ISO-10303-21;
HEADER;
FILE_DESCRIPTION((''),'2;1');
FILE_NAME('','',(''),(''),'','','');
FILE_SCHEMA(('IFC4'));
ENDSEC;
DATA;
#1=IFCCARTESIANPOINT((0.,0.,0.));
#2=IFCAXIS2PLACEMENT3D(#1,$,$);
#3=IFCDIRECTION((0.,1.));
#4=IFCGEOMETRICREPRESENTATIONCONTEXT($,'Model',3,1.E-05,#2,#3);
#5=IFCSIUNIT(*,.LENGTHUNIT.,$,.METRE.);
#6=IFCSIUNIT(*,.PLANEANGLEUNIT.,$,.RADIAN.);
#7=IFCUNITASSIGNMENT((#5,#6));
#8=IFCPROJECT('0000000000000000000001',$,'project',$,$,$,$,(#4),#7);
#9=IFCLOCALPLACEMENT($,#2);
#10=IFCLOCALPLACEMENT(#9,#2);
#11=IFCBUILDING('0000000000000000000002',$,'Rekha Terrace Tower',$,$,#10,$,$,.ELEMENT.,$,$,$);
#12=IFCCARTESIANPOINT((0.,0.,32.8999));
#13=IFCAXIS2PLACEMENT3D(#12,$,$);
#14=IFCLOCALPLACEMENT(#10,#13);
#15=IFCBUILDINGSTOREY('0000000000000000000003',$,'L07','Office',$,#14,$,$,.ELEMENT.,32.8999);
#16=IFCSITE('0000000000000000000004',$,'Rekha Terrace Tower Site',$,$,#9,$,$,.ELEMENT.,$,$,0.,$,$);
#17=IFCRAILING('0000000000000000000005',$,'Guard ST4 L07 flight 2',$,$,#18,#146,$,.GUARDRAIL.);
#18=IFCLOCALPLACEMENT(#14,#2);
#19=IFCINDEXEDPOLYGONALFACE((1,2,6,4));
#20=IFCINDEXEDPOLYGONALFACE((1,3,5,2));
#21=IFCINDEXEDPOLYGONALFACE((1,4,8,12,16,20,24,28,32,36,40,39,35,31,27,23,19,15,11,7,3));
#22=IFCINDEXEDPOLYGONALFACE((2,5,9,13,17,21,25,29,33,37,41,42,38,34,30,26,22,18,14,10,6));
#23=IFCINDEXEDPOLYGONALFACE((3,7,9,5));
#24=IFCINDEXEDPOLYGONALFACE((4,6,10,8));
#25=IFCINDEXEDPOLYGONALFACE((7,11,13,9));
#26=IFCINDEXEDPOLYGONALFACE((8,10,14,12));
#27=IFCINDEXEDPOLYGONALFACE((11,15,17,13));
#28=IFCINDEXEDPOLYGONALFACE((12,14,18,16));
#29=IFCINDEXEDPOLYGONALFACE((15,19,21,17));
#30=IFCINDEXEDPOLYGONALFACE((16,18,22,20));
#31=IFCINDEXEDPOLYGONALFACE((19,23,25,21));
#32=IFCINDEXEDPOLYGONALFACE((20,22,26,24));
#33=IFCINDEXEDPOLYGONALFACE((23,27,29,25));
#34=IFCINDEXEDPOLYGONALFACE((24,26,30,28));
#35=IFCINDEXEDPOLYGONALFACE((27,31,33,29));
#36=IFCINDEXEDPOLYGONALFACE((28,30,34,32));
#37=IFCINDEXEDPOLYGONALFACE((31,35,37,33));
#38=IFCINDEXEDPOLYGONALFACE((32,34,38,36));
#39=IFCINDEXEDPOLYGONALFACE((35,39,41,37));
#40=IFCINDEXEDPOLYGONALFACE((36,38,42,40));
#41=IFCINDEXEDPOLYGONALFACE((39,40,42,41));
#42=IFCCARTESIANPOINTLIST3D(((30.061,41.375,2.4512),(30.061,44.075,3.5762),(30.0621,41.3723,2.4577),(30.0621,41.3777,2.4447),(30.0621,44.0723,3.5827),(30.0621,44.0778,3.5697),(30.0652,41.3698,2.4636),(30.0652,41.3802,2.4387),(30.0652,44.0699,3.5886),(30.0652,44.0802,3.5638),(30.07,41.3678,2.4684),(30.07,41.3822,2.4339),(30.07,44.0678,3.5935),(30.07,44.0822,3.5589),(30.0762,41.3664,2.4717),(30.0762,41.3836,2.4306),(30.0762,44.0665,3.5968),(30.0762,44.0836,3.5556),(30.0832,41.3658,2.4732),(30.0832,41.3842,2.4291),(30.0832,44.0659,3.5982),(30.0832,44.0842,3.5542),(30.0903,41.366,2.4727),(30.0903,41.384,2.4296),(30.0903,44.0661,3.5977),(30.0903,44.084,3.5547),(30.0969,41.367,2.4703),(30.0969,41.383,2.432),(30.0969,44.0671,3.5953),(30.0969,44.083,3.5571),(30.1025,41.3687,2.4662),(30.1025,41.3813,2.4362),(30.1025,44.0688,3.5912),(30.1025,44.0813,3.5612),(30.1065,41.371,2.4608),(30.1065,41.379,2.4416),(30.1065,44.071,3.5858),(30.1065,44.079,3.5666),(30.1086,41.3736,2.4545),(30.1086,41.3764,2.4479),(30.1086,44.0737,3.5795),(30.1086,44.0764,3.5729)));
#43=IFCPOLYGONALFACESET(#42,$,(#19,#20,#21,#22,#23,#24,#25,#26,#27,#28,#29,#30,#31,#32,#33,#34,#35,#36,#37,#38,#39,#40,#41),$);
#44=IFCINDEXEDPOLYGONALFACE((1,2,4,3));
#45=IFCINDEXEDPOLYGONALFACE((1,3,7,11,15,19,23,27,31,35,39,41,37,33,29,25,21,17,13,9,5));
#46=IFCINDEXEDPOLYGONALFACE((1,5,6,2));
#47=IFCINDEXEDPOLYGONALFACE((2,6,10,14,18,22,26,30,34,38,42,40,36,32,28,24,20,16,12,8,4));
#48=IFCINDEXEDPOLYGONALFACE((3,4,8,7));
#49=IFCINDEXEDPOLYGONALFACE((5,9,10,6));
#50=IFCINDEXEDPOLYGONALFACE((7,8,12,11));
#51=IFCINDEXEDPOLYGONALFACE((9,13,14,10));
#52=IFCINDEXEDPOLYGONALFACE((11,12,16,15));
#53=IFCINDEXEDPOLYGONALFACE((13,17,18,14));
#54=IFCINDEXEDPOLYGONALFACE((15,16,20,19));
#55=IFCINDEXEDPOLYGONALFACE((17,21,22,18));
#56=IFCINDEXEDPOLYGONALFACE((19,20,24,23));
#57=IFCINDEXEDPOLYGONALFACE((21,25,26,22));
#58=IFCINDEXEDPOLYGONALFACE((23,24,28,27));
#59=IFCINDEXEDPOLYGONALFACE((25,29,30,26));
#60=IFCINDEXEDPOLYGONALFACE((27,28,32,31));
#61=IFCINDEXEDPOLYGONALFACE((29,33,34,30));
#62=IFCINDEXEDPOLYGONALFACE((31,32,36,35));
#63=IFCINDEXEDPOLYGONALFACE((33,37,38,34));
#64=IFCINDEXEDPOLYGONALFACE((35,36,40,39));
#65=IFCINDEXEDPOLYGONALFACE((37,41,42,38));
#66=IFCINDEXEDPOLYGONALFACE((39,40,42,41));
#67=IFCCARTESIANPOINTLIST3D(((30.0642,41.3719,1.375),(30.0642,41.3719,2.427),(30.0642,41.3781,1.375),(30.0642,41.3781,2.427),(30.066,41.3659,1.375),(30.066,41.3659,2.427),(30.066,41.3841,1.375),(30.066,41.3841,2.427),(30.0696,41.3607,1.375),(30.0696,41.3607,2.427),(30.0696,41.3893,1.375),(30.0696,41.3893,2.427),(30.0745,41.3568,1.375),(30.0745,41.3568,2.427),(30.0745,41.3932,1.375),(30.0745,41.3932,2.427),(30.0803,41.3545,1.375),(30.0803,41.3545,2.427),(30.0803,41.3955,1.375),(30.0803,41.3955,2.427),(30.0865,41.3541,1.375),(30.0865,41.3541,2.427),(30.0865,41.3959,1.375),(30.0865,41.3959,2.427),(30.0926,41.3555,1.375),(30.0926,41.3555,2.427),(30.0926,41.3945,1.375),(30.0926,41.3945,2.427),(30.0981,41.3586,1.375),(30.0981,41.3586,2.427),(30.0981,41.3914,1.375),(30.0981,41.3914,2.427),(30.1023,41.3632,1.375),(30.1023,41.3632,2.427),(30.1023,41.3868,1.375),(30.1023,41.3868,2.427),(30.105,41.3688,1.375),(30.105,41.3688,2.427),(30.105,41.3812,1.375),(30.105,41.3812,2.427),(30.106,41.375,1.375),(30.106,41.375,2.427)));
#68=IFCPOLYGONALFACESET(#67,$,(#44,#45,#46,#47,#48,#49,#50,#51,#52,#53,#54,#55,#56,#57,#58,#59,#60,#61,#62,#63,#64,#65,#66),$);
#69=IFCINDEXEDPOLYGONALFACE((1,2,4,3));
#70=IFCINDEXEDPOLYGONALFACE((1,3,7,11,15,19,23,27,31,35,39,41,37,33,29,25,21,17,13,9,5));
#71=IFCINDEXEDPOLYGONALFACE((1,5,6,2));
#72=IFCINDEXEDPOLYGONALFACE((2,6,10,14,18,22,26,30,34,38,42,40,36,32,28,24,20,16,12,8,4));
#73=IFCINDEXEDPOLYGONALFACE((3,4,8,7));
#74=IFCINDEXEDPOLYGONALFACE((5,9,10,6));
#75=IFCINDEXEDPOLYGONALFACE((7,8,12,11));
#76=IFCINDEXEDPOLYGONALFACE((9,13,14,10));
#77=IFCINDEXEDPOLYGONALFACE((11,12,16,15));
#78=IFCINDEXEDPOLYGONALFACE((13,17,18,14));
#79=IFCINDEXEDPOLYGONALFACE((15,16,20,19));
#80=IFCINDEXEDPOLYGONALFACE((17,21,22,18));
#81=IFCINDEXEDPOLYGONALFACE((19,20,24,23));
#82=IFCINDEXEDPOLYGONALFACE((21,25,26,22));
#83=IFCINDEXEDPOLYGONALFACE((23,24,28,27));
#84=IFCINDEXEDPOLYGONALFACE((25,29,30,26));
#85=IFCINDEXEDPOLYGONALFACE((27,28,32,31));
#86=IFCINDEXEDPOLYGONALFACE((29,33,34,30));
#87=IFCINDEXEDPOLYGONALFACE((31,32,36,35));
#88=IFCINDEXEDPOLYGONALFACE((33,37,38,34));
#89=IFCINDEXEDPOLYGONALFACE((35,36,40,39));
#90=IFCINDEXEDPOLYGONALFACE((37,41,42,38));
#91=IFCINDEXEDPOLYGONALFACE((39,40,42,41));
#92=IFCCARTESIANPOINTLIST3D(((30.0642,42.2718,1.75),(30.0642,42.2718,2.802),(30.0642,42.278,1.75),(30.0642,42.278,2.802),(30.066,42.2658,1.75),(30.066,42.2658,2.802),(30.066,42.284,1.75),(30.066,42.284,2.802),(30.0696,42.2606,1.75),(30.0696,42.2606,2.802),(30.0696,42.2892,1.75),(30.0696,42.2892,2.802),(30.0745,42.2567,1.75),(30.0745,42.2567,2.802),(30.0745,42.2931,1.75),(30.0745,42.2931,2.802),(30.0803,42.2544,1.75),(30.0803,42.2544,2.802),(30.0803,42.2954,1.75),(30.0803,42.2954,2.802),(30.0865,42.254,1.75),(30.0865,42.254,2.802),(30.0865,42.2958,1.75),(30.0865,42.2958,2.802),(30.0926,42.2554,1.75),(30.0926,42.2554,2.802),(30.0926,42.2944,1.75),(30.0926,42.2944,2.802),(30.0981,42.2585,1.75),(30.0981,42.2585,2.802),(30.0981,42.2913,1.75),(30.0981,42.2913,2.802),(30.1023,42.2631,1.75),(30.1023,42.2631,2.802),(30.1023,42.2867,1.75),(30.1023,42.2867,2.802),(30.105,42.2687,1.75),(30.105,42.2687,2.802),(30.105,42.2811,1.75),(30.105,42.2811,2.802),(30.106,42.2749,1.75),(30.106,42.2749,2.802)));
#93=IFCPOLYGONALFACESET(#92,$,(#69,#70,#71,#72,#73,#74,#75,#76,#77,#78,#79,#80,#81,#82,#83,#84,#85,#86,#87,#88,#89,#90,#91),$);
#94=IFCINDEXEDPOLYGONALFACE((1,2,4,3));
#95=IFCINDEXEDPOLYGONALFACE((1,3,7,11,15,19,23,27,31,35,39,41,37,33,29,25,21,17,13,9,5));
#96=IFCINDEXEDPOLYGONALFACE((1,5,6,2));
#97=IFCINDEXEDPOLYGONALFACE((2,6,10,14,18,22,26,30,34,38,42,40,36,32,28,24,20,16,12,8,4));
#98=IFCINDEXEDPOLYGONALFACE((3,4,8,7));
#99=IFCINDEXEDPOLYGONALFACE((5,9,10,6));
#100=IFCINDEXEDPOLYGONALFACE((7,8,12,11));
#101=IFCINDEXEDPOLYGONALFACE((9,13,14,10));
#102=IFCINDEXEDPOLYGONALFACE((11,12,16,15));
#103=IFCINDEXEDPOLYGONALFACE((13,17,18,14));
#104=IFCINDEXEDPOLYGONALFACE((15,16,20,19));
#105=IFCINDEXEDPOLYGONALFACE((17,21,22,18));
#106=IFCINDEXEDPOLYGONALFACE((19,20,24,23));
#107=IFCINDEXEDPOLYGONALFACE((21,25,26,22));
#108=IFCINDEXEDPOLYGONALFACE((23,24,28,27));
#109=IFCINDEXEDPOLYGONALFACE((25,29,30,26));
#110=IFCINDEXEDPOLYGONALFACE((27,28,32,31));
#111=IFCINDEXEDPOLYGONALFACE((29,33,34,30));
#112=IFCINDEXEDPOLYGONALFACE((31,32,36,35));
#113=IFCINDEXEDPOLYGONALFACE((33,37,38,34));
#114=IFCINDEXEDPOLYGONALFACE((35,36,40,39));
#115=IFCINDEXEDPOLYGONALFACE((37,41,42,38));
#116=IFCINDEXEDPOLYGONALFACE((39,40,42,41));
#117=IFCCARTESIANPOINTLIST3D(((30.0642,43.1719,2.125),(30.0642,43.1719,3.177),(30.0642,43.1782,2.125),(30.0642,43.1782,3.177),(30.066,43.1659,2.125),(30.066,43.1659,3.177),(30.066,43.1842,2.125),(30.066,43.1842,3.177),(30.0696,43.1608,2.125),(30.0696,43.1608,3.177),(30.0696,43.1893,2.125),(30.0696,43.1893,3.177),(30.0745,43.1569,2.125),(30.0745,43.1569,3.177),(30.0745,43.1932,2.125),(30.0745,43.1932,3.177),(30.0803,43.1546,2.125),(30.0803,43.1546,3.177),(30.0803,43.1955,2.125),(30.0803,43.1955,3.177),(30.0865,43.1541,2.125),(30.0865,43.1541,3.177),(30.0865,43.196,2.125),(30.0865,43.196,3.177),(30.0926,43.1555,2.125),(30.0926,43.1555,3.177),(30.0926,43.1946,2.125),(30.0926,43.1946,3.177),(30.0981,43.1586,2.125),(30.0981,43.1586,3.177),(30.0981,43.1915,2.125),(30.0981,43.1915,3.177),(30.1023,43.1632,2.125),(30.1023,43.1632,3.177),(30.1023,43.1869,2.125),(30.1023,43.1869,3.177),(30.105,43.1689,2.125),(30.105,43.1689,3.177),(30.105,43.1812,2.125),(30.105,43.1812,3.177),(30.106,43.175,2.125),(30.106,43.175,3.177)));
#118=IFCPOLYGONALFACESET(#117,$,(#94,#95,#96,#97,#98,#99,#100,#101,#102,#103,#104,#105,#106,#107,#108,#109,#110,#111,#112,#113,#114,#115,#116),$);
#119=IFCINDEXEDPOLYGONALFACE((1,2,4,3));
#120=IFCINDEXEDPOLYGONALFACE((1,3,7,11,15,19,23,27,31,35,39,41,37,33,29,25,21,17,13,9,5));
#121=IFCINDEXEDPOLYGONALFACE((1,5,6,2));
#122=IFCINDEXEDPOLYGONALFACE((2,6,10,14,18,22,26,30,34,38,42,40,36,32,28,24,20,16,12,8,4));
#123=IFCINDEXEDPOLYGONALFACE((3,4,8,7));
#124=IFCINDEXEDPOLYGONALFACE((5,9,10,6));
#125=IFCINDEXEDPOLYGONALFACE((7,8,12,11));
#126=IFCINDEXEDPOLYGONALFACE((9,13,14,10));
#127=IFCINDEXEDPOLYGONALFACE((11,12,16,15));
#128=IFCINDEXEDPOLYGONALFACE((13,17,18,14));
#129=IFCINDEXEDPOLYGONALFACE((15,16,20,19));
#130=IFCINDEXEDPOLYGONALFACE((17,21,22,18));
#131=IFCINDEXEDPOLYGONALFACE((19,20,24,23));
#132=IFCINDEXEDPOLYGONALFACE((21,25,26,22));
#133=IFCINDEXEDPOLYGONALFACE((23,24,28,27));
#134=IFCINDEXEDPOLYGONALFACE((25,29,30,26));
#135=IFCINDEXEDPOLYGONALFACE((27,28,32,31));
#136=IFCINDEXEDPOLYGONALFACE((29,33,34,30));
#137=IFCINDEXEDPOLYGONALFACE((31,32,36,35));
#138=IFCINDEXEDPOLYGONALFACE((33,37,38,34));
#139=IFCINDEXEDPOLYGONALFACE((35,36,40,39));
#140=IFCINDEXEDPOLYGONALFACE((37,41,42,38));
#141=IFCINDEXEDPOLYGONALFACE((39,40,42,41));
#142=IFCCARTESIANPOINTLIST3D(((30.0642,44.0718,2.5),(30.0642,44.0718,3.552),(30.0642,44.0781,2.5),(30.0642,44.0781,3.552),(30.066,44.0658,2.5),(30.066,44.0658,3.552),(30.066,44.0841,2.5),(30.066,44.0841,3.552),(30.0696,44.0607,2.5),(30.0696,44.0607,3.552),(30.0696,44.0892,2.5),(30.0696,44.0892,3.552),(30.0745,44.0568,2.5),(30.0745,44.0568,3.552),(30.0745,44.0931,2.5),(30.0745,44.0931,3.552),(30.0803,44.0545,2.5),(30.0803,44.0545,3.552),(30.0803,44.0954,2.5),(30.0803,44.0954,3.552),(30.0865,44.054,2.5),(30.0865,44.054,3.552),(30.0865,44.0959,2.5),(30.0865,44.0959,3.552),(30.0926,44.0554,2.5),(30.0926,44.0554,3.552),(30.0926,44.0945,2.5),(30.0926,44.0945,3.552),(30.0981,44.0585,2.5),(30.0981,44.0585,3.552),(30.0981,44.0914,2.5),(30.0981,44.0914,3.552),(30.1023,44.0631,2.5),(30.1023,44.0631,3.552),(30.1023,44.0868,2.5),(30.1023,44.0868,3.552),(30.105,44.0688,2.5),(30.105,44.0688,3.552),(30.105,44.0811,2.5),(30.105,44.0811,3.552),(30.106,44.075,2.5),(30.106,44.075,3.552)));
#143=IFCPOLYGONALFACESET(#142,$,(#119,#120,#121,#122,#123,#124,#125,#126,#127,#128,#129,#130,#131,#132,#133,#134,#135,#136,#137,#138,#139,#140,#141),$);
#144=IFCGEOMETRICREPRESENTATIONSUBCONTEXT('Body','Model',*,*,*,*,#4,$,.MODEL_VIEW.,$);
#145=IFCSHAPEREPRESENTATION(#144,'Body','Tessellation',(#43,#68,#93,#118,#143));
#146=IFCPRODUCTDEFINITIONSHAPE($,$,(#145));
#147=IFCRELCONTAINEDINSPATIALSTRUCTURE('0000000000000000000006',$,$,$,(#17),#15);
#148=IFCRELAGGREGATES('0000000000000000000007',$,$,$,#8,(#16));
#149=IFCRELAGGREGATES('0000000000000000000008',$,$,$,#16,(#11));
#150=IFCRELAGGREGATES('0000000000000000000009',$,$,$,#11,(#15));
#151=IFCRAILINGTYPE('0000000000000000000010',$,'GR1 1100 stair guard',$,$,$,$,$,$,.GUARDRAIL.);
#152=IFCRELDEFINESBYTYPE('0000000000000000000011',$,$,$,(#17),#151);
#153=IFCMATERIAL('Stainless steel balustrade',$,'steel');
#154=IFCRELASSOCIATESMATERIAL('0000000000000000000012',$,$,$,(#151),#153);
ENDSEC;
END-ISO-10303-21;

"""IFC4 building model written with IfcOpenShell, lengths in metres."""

from ifc_helpers import new_model, si_unit, direction, frame, origin, origin_2d, place, context, subcontext, project, spatial, circle, extrude, material, type_object, element, save


model = new_model("IFC4")

# Units and contexts
model_context = context("Model", 3, precision=1e-05, world=origin(), true_north=direction((0.0, 1.0)))
body_context = subcontext(model_context, "Body", "Model", "MODEL_VIEW")
ifc_project = project(units=[si_unit("LENGTHUNIT", "METRE"), si_unit("PLANEANGLEUNIT", "RADIAN")], contexts=[model_context])

# Site, building, storey
site_placement = place(None, origin())
site = spatial("IfcSite", under=ifc_project, at=site_placement, Name="Rekha Terrace Tower Site", CompositionType="ELEMENT", RefElevation=0.0)
building_placement = place(site_placement, origin())
building = spatial("IfcBuilding", under=site, at=building_placement, Name="Rekha Terrace Tower", CompositionType="ELEMENT")
storey_placement = place(building_placement, frame((0.0, 0.0, 32.8999)))
storey = spatial("IfcBuildingStorey", under=building, at=storey_placement, Name="L07", Description="Office", CompositionType="ELEMENT", Elevation=32.8999)

# Railing
ifc_material_1 = material(Name="Stainless steel balustrade", Category="steel")
railing_type_1 = type_object("IfcRailingType", Name="GR1 1100 stair guard", PredefinedType="GUARDRAIL", material=ifc_material_1)
railing_1_placement = place(storey_placement, frame((30.085, 41.375, 1.375)))
element("IfcRailing", 1, at=railing_1_placement, inside=storey, type_object=railing_type_1, Name="Guard ST4 L07 flight 2", PredefinedType="GUARDRAIL", context=body_context, shape_type="SweptSolid", body=[
    extrude(circle(Radius=0.0239, at=origin_2d()), frame((0.0, 0.0, 1.0762), z_axis=(0.0, 0.923074, 0.384621), x_axis=(-1.0, 0.0, 0.0)), (0.0, 0.0, 1.0), 2.925),
    extrude(circle(Radius=0.021, at=origin_2d()), origin(), (0.0, 0.0, 1.0), 1.052),
    extrude(circle(Radius=0.021, at=origin_2d()), frame((0.0, 0.8999, 0.375)), (0.0, 0.0, 1.0), 1.052),
    extrude(circle(Radius=0.021, at=origin_2d()), frame((0.0, 1.8, 0.75)), (0.0, 0.0, 1.0), 1.052),
    extrude(circle(Radius=0.021, at=origin_2d()), frame((0.0, 2.7, 1.125)), (0.0, 0.0, 1.0), 1.052),
])

save(model, "model.ifc")
